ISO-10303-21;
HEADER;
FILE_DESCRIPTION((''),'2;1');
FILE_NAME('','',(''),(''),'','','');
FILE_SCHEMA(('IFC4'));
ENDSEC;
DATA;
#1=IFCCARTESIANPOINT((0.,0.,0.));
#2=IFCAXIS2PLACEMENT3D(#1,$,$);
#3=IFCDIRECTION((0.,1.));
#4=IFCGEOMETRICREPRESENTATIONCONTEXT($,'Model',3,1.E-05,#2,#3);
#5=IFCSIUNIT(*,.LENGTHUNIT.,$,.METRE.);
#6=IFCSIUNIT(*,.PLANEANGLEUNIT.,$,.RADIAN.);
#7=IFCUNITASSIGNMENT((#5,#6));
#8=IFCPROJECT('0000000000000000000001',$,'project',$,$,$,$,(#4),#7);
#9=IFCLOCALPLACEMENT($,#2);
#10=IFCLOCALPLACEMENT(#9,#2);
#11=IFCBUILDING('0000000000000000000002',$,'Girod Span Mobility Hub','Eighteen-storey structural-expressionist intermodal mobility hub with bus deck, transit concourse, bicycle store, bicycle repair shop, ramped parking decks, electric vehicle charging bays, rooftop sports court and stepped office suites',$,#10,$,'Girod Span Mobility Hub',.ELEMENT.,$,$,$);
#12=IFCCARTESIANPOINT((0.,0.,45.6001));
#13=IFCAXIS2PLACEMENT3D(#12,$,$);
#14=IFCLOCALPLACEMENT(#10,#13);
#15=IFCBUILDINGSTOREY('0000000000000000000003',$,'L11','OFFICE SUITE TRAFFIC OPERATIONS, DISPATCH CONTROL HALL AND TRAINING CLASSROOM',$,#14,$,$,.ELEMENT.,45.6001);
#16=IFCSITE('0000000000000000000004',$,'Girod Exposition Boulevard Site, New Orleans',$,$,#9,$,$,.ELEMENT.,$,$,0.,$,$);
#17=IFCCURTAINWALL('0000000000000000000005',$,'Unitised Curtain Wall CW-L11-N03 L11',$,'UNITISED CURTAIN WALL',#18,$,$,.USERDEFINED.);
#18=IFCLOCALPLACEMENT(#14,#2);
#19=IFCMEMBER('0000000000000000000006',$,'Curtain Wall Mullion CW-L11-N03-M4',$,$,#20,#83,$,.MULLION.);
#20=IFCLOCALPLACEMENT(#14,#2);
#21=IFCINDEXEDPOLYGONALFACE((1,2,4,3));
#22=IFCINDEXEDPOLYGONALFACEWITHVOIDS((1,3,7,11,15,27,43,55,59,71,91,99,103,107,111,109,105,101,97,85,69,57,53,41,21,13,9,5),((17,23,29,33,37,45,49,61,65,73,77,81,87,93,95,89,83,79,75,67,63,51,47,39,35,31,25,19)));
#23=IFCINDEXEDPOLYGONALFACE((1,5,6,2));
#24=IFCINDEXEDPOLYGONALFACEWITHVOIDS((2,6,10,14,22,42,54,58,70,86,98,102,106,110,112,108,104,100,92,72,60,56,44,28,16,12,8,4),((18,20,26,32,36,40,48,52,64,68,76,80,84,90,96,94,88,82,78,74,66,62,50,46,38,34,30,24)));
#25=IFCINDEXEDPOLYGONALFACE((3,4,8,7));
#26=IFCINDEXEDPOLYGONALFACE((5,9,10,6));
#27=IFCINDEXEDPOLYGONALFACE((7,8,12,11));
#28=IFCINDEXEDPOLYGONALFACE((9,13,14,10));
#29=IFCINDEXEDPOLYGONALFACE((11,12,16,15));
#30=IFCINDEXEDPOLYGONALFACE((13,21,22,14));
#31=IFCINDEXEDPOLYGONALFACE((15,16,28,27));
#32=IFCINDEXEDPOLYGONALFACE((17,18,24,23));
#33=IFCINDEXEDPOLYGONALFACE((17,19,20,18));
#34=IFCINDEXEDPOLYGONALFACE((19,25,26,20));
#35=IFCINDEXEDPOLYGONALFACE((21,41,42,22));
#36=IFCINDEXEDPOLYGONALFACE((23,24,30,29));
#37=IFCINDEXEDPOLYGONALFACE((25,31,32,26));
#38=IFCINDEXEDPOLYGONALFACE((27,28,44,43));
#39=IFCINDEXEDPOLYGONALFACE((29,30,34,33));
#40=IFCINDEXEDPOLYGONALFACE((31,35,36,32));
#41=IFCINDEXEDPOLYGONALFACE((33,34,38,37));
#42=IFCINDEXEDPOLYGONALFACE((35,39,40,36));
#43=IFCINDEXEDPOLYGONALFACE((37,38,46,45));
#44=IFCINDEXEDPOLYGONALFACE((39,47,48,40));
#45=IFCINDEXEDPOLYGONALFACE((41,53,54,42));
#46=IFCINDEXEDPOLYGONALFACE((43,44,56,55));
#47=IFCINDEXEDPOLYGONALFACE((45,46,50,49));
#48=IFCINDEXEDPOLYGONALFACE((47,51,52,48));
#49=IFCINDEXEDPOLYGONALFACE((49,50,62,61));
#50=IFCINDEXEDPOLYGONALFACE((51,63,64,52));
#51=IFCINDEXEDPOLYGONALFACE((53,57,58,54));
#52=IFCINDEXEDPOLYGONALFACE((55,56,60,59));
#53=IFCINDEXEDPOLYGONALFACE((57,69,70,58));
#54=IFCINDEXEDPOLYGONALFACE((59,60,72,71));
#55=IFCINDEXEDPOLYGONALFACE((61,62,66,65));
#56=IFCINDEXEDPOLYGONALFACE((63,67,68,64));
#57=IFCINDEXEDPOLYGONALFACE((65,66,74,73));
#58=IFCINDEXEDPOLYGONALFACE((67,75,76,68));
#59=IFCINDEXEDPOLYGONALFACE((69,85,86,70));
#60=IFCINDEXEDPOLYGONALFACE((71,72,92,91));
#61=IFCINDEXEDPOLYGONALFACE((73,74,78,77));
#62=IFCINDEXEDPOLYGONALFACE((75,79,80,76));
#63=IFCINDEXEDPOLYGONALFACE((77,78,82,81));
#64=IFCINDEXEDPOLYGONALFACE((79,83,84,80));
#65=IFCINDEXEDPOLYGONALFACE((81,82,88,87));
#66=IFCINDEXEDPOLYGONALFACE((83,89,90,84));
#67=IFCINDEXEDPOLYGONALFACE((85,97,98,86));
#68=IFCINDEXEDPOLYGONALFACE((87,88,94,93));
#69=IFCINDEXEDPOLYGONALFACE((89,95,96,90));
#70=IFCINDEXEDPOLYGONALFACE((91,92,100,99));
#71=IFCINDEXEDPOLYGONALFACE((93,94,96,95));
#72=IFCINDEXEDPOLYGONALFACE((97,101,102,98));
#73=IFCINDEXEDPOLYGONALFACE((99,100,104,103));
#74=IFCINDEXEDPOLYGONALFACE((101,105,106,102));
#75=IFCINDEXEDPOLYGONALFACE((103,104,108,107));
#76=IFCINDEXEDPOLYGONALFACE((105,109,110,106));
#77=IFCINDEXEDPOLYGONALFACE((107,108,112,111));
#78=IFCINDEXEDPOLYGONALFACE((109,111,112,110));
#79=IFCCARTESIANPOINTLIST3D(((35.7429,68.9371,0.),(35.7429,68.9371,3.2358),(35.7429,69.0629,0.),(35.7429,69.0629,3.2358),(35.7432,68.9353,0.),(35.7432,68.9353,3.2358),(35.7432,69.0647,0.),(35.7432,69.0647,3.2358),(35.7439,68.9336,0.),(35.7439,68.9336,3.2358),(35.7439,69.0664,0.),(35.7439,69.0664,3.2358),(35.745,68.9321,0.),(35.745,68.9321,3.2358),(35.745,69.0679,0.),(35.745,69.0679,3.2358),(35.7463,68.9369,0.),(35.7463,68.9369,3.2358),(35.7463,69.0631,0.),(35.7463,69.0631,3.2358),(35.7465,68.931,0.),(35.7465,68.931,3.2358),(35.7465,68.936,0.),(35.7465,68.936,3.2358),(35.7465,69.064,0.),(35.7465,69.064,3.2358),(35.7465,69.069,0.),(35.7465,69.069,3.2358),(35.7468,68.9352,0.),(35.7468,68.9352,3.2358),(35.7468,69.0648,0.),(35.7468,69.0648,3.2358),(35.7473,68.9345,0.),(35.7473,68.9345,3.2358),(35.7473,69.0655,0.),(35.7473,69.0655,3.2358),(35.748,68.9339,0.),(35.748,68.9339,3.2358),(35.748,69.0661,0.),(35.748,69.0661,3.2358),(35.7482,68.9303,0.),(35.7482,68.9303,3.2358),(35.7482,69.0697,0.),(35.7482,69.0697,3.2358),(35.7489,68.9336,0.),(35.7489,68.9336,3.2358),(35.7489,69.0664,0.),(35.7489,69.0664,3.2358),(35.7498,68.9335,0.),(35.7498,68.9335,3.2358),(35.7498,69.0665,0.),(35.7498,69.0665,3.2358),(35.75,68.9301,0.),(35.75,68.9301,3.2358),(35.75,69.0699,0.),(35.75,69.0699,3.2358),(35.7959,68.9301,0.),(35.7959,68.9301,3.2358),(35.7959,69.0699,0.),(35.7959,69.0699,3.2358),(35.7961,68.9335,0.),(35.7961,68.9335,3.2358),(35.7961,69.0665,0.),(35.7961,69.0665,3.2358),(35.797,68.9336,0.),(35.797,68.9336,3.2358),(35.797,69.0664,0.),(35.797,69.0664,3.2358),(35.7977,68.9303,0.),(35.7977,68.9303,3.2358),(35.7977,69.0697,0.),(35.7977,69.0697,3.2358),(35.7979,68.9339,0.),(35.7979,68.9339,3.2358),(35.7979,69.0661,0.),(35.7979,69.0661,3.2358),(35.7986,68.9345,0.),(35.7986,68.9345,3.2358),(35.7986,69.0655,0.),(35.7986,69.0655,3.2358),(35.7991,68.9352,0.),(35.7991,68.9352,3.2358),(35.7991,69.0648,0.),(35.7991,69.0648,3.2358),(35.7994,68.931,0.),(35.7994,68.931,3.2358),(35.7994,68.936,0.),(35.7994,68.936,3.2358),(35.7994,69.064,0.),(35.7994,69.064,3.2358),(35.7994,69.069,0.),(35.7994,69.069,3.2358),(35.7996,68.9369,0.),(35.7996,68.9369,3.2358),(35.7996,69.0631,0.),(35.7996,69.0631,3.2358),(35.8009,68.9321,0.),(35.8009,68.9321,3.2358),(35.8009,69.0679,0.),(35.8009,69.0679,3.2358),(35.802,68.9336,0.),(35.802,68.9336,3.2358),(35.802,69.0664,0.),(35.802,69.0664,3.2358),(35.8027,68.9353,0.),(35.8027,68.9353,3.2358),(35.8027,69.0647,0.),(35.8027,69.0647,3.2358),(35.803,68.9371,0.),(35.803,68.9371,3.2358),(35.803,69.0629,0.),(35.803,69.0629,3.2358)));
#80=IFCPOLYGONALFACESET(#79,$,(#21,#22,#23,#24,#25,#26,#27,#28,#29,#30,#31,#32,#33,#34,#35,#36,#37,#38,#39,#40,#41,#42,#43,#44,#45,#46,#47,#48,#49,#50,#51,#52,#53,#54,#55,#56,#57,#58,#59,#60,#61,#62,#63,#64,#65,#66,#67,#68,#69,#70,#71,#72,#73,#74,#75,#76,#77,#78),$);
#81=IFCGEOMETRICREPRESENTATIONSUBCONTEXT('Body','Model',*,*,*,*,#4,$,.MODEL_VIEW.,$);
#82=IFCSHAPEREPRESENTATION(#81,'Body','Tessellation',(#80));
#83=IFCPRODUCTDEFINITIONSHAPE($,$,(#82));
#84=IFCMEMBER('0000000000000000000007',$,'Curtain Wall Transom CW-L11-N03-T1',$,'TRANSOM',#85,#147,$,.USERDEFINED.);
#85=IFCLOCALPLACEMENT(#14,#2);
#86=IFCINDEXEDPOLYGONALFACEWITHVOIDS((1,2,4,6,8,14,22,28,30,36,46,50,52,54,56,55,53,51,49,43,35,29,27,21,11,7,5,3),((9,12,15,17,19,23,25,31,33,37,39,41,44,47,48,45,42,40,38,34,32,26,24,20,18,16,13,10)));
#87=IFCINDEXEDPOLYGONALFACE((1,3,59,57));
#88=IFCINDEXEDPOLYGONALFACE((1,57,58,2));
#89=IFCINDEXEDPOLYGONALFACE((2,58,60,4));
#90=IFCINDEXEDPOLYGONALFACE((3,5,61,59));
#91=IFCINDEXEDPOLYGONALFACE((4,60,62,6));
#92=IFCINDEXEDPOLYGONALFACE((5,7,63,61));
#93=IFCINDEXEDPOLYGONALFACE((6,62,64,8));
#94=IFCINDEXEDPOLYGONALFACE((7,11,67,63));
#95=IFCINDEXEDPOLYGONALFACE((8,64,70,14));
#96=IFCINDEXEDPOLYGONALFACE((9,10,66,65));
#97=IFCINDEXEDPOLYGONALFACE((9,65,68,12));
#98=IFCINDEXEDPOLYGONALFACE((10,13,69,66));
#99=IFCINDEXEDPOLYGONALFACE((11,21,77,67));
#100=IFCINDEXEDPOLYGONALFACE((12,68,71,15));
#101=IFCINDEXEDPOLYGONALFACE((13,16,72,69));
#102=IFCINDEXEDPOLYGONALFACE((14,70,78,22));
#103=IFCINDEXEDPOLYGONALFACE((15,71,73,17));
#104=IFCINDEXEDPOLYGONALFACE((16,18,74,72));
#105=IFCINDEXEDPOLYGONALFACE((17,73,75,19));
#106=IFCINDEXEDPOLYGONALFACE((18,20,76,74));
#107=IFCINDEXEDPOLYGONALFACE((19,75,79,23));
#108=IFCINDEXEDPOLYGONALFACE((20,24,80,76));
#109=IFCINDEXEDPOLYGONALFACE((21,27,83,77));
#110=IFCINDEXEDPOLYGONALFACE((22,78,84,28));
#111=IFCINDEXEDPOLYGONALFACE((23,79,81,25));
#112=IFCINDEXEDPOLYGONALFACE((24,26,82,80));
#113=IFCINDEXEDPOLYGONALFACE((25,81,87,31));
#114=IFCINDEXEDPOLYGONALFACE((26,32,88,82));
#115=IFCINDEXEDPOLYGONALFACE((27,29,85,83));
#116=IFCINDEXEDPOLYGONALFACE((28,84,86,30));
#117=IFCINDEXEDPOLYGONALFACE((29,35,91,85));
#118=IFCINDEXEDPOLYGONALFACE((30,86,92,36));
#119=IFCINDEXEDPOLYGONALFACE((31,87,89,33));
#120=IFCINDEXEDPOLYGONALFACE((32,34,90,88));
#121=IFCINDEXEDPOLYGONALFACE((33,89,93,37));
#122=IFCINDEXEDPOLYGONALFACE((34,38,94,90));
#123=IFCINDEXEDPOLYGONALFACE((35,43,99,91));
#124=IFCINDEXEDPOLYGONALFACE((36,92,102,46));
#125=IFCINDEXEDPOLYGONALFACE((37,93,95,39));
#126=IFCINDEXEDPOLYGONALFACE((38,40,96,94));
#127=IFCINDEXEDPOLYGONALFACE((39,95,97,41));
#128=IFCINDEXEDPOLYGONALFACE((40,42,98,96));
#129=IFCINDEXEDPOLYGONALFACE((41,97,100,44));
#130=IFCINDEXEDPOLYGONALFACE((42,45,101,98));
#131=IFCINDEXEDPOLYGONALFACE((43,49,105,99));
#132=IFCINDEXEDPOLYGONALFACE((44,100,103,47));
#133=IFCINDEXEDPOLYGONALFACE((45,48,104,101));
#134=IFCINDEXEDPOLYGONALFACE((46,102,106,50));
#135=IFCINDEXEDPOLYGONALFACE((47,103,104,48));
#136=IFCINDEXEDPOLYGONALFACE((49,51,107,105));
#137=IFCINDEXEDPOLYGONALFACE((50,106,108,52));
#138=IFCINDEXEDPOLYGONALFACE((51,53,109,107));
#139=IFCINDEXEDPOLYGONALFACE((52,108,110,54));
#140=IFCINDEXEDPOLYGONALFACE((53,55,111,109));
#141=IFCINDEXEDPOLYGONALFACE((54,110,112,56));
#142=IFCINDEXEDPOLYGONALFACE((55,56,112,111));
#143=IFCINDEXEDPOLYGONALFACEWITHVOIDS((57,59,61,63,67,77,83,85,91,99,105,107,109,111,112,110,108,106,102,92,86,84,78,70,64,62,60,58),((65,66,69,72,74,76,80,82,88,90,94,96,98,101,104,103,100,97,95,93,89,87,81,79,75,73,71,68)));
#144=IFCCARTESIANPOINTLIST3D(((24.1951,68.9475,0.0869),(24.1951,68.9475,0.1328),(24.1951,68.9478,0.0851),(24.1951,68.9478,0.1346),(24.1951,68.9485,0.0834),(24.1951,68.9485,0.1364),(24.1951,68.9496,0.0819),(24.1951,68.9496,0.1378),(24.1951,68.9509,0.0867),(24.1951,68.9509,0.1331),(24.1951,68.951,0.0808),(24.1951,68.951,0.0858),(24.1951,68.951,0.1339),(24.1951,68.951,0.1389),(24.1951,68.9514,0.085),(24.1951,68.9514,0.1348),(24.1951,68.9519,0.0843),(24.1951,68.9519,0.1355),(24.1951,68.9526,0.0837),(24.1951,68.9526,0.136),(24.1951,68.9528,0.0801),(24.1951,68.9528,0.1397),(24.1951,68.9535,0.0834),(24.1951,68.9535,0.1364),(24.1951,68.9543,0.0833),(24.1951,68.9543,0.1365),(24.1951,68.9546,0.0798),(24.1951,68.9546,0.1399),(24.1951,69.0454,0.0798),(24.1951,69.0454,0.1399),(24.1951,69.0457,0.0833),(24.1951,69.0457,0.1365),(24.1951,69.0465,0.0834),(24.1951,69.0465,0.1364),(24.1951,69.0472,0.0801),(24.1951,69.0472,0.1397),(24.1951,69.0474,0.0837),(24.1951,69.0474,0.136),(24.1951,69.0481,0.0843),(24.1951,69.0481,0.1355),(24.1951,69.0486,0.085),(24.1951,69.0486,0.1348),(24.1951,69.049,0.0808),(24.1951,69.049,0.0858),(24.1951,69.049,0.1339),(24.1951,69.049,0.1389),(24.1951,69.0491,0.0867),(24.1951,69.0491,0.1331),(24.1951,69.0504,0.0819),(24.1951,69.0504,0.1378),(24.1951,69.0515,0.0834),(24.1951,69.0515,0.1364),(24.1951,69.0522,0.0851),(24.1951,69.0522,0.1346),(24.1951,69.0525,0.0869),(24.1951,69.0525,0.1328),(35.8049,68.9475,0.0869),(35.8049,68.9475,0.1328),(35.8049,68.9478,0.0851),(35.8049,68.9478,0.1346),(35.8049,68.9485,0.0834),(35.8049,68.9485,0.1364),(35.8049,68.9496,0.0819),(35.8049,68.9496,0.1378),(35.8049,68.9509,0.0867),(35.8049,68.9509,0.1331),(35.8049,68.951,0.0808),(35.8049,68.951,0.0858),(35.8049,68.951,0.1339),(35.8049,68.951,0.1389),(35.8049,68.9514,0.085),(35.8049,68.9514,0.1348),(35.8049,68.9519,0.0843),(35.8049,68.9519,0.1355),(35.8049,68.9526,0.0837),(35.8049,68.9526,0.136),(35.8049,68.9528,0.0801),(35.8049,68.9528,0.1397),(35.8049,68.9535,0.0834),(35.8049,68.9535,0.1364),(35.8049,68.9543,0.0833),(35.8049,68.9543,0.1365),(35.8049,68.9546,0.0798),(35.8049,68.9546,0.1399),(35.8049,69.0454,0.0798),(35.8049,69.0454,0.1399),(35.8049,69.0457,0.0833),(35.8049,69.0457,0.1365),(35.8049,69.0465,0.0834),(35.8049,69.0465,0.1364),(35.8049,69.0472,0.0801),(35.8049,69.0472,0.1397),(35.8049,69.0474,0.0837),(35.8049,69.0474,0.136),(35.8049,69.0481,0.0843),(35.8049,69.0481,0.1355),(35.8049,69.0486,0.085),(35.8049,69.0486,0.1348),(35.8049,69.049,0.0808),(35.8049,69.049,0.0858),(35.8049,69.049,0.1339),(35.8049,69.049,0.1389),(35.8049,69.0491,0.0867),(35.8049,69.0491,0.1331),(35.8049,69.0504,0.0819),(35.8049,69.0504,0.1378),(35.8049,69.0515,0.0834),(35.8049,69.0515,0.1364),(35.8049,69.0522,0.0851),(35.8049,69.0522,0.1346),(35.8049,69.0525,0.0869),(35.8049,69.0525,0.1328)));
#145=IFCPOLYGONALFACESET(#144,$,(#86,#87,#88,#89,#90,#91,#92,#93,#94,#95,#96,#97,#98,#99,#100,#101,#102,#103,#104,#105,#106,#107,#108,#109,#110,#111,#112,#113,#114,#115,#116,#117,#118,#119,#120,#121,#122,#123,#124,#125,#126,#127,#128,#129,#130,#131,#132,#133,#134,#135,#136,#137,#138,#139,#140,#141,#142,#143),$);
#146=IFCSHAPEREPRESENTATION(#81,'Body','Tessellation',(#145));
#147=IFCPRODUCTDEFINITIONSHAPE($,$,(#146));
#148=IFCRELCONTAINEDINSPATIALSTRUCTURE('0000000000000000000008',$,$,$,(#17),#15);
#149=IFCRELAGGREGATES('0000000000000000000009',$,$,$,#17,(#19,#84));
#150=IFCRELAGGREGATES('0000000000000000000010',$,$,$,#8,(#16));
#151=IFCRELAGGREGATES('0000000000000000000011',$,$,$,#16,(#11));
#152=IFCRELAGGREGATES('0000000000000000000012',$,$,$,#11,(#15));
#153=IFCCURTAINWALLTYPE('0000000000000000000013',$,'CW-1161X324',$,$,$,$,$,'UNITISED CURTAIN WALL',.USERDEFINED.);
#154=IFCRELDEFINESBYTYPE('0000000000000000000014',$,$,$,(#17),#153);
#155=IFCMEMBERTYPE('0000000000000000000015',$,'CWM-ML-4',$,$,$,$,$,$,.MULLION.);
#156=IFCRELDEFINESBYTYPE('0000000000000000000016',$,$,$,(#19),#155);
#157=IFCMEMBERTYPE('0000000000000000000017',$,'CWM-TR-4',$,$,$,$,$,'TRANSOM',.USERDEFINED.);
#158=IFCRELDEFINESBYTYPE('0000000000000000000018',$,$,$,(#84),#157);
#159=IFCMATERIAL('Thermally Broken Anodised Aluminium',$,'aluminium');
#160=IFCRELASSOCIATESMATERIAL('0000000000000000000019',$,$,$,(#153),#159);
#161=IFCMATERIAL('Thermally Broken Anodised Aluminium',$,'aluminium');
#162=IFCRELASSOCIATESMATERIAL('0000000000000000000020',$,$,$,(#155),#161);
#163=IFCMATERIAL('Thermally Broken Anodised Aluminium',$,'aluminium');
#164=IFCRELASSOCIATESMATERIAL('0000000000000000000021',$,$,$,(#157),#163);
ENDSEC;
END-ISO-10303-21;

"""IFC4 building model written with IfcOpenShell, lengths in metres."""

from ifc_helpers import new_model, si_unit, direction, frame, origin, origin_2d, place, context, subcontext, project, spatial, hollow_rectangle, extrude, material, material_profile, profile_set, type_object, element, aggregate, save


model = new_model("IFC4")

# Units and contexts
model_context = context("Model", 3, precision=1e-05, world=origin(), true_north=direction((0.0, 1.0)))
body_context = subcontext(model_context, "Body", "Model", "MODEL_VIEW")
ifc_project = project(units=[si_unit("LENGTHUNIT", "METRE"), si_unit("PLANEANGLEUNIT", "RADIAN")], contexts=[model_context])

# Site, building, storey
site_placement = place(None, origin())
site = spatial("IfcSite", under=ifc_project, at=site_placement, Name="Girod Exposition Boulevard Site, New Orleans", CompositionType="ELEMENT", RefElevation=0.0)
building_placement = place(site_placement, origin())
building = spatial("IfcBuilding", under=site, at=building_placement, Name="Girod Span Mobility Hub", Description="Eighteen-storey structural-expressionist intermodal mobility hub with bus deck, transit concourse, bicycle store, bicycle repair shop, ramped parking decks, electric vehicle charging bays, rooftop sports court and stepped office suites", LongName="Girod Span Mobility Hub", CompositionType="ELEMENT")
storey_placement = place(building_placement, frame((0.0, 0.0, 45.6001)))
storey = spatial("IfcBuildingStorey", under=building, at=storey_placement, Name="L11", Description="OFFICE SUITE TRAFFIC OPERATIONS, DISPATCH CONTROL HALL AND TRAINING CLASSROOM", CompositionType="ELEMENT", Elevation=45.6001)

# Curtain wall, members
ifc_material_1 = material(Name="Thermally Broken Anodised Aluminium", Category="aluminium")
curtain_wall_type = type_object("IfcCurtainWallType", Name="CW-1161X324", ElementType="UNITISED CURTAIN WALL", PredefinedType="USERDEFINED", material=ifc_material_1)
curtain_wall_placement = place(storey_placement, origin())
curtain_wall = element("IfcCurtainWall", 1, at=curtain_wall_placement, inside=storey, type_object=curtain_wall_type, Name="Unitised Curtain Wall CW-L11-N03 L11", ObjectType="UNITISED CURTAIN WALL", PredefinedType="USERDEFINED")
ifc_material_2 = material(Name="Thermally Broken Anodised Aluminium", Category="aluminium")
ifc_material_profile_1 = material_profile(ifc_material_2, hollow_rectangle(XDim=0.1399, YDim=0.0601, WallThickness=0.0034, InnerFilletRadius=0.0034, OuterFilletRadius=0.0071, at=origin_2d()), Name="CW-ML-60X140")
ifc_profile_set_1 = profile_set([ifc_material_profile_1], Name="Thermally Broken Anodised Aluminium")
member_type_1 = type_object("IfcMemberType", Name="CWM-ML-4", PredefinedType="MULLION", material=ifc_profile_set_1)
member_1_placement = place(storey_placement, frame((35.7729, 69.0, 0.0), z_axis=(0.0, 0.0, 1.0), x_axis=(0.0, 1.0, 0.0)))
member_1 = element("IfcMember", 2, at=member_1_placement, type_object=member_type_1, Name="Curtain Wall Mullion CW-L11-N03-M4", PredefinedType="MULLION", context=body_context, shape_type="SweptSolid", body=[
    extrude(hollow_rectangle(XDim=0.1399, YDim=0.0601, WallThickness=0.0034, InnerFilletRadius=0.0034, OuterFilletRadius=0.0071, at=origin_2d()), origin(), (0.0, 0.0, 1.0), 3.2358),
])
ifc_material_3 = material(Name="Thermally Broken Anodised Aluminium", Category="aluminium")
ifc_material_profile_2 = material_profile(ifc_material_3, hollow_rectangle(XDim=0.105, YDim=0.0601, WallThickness=0.0034, InnerFilletRadius=0.0034, OuterFilletRadius=0.0071, at=origin_2d()), Name="CW-TR-60X105")
ifc_profile_set_2 = profile_set([ifc_material_profile_2], Name="Thermally Broken Anodised Aluminium")
member_type_2 = type_object("IfcMemberType", Name="CWM-TR-4", ElementType="TRANSOM", PredefinedType="USERDEFINED", material=ifc_profile_set_2)
member_2_placement = place(storey_placement, frame((24.1951, 69.0, 0.1099), z_axis=(1.0, 0.0, 0.0), x_axis=(0.0, 1.0, 0.0)))
member_2 = element("IfcMember", 3, at=member_2_placement, type_object=member_type_2, Name="Curtain Wall Transom CW-L11-N03-T1", ObjectType="TRANSOM", PredefinedType="USERDEFINED", context=body_context, shape_type="SweptSolid", body=[
    extrude(hollow_rectangle(XDim=0.105, YDim=0.0601, WallThickness=0.0034, InnerFilletRadius=0.0034, OuterFilletRadius=0.0071, at=origin_2d()), origin(), (0.0, 0.0, 1.0), 11.6099),
])

aggregate(curtain_wall, [member_1, member_2])

save(model, "model.ifc")
